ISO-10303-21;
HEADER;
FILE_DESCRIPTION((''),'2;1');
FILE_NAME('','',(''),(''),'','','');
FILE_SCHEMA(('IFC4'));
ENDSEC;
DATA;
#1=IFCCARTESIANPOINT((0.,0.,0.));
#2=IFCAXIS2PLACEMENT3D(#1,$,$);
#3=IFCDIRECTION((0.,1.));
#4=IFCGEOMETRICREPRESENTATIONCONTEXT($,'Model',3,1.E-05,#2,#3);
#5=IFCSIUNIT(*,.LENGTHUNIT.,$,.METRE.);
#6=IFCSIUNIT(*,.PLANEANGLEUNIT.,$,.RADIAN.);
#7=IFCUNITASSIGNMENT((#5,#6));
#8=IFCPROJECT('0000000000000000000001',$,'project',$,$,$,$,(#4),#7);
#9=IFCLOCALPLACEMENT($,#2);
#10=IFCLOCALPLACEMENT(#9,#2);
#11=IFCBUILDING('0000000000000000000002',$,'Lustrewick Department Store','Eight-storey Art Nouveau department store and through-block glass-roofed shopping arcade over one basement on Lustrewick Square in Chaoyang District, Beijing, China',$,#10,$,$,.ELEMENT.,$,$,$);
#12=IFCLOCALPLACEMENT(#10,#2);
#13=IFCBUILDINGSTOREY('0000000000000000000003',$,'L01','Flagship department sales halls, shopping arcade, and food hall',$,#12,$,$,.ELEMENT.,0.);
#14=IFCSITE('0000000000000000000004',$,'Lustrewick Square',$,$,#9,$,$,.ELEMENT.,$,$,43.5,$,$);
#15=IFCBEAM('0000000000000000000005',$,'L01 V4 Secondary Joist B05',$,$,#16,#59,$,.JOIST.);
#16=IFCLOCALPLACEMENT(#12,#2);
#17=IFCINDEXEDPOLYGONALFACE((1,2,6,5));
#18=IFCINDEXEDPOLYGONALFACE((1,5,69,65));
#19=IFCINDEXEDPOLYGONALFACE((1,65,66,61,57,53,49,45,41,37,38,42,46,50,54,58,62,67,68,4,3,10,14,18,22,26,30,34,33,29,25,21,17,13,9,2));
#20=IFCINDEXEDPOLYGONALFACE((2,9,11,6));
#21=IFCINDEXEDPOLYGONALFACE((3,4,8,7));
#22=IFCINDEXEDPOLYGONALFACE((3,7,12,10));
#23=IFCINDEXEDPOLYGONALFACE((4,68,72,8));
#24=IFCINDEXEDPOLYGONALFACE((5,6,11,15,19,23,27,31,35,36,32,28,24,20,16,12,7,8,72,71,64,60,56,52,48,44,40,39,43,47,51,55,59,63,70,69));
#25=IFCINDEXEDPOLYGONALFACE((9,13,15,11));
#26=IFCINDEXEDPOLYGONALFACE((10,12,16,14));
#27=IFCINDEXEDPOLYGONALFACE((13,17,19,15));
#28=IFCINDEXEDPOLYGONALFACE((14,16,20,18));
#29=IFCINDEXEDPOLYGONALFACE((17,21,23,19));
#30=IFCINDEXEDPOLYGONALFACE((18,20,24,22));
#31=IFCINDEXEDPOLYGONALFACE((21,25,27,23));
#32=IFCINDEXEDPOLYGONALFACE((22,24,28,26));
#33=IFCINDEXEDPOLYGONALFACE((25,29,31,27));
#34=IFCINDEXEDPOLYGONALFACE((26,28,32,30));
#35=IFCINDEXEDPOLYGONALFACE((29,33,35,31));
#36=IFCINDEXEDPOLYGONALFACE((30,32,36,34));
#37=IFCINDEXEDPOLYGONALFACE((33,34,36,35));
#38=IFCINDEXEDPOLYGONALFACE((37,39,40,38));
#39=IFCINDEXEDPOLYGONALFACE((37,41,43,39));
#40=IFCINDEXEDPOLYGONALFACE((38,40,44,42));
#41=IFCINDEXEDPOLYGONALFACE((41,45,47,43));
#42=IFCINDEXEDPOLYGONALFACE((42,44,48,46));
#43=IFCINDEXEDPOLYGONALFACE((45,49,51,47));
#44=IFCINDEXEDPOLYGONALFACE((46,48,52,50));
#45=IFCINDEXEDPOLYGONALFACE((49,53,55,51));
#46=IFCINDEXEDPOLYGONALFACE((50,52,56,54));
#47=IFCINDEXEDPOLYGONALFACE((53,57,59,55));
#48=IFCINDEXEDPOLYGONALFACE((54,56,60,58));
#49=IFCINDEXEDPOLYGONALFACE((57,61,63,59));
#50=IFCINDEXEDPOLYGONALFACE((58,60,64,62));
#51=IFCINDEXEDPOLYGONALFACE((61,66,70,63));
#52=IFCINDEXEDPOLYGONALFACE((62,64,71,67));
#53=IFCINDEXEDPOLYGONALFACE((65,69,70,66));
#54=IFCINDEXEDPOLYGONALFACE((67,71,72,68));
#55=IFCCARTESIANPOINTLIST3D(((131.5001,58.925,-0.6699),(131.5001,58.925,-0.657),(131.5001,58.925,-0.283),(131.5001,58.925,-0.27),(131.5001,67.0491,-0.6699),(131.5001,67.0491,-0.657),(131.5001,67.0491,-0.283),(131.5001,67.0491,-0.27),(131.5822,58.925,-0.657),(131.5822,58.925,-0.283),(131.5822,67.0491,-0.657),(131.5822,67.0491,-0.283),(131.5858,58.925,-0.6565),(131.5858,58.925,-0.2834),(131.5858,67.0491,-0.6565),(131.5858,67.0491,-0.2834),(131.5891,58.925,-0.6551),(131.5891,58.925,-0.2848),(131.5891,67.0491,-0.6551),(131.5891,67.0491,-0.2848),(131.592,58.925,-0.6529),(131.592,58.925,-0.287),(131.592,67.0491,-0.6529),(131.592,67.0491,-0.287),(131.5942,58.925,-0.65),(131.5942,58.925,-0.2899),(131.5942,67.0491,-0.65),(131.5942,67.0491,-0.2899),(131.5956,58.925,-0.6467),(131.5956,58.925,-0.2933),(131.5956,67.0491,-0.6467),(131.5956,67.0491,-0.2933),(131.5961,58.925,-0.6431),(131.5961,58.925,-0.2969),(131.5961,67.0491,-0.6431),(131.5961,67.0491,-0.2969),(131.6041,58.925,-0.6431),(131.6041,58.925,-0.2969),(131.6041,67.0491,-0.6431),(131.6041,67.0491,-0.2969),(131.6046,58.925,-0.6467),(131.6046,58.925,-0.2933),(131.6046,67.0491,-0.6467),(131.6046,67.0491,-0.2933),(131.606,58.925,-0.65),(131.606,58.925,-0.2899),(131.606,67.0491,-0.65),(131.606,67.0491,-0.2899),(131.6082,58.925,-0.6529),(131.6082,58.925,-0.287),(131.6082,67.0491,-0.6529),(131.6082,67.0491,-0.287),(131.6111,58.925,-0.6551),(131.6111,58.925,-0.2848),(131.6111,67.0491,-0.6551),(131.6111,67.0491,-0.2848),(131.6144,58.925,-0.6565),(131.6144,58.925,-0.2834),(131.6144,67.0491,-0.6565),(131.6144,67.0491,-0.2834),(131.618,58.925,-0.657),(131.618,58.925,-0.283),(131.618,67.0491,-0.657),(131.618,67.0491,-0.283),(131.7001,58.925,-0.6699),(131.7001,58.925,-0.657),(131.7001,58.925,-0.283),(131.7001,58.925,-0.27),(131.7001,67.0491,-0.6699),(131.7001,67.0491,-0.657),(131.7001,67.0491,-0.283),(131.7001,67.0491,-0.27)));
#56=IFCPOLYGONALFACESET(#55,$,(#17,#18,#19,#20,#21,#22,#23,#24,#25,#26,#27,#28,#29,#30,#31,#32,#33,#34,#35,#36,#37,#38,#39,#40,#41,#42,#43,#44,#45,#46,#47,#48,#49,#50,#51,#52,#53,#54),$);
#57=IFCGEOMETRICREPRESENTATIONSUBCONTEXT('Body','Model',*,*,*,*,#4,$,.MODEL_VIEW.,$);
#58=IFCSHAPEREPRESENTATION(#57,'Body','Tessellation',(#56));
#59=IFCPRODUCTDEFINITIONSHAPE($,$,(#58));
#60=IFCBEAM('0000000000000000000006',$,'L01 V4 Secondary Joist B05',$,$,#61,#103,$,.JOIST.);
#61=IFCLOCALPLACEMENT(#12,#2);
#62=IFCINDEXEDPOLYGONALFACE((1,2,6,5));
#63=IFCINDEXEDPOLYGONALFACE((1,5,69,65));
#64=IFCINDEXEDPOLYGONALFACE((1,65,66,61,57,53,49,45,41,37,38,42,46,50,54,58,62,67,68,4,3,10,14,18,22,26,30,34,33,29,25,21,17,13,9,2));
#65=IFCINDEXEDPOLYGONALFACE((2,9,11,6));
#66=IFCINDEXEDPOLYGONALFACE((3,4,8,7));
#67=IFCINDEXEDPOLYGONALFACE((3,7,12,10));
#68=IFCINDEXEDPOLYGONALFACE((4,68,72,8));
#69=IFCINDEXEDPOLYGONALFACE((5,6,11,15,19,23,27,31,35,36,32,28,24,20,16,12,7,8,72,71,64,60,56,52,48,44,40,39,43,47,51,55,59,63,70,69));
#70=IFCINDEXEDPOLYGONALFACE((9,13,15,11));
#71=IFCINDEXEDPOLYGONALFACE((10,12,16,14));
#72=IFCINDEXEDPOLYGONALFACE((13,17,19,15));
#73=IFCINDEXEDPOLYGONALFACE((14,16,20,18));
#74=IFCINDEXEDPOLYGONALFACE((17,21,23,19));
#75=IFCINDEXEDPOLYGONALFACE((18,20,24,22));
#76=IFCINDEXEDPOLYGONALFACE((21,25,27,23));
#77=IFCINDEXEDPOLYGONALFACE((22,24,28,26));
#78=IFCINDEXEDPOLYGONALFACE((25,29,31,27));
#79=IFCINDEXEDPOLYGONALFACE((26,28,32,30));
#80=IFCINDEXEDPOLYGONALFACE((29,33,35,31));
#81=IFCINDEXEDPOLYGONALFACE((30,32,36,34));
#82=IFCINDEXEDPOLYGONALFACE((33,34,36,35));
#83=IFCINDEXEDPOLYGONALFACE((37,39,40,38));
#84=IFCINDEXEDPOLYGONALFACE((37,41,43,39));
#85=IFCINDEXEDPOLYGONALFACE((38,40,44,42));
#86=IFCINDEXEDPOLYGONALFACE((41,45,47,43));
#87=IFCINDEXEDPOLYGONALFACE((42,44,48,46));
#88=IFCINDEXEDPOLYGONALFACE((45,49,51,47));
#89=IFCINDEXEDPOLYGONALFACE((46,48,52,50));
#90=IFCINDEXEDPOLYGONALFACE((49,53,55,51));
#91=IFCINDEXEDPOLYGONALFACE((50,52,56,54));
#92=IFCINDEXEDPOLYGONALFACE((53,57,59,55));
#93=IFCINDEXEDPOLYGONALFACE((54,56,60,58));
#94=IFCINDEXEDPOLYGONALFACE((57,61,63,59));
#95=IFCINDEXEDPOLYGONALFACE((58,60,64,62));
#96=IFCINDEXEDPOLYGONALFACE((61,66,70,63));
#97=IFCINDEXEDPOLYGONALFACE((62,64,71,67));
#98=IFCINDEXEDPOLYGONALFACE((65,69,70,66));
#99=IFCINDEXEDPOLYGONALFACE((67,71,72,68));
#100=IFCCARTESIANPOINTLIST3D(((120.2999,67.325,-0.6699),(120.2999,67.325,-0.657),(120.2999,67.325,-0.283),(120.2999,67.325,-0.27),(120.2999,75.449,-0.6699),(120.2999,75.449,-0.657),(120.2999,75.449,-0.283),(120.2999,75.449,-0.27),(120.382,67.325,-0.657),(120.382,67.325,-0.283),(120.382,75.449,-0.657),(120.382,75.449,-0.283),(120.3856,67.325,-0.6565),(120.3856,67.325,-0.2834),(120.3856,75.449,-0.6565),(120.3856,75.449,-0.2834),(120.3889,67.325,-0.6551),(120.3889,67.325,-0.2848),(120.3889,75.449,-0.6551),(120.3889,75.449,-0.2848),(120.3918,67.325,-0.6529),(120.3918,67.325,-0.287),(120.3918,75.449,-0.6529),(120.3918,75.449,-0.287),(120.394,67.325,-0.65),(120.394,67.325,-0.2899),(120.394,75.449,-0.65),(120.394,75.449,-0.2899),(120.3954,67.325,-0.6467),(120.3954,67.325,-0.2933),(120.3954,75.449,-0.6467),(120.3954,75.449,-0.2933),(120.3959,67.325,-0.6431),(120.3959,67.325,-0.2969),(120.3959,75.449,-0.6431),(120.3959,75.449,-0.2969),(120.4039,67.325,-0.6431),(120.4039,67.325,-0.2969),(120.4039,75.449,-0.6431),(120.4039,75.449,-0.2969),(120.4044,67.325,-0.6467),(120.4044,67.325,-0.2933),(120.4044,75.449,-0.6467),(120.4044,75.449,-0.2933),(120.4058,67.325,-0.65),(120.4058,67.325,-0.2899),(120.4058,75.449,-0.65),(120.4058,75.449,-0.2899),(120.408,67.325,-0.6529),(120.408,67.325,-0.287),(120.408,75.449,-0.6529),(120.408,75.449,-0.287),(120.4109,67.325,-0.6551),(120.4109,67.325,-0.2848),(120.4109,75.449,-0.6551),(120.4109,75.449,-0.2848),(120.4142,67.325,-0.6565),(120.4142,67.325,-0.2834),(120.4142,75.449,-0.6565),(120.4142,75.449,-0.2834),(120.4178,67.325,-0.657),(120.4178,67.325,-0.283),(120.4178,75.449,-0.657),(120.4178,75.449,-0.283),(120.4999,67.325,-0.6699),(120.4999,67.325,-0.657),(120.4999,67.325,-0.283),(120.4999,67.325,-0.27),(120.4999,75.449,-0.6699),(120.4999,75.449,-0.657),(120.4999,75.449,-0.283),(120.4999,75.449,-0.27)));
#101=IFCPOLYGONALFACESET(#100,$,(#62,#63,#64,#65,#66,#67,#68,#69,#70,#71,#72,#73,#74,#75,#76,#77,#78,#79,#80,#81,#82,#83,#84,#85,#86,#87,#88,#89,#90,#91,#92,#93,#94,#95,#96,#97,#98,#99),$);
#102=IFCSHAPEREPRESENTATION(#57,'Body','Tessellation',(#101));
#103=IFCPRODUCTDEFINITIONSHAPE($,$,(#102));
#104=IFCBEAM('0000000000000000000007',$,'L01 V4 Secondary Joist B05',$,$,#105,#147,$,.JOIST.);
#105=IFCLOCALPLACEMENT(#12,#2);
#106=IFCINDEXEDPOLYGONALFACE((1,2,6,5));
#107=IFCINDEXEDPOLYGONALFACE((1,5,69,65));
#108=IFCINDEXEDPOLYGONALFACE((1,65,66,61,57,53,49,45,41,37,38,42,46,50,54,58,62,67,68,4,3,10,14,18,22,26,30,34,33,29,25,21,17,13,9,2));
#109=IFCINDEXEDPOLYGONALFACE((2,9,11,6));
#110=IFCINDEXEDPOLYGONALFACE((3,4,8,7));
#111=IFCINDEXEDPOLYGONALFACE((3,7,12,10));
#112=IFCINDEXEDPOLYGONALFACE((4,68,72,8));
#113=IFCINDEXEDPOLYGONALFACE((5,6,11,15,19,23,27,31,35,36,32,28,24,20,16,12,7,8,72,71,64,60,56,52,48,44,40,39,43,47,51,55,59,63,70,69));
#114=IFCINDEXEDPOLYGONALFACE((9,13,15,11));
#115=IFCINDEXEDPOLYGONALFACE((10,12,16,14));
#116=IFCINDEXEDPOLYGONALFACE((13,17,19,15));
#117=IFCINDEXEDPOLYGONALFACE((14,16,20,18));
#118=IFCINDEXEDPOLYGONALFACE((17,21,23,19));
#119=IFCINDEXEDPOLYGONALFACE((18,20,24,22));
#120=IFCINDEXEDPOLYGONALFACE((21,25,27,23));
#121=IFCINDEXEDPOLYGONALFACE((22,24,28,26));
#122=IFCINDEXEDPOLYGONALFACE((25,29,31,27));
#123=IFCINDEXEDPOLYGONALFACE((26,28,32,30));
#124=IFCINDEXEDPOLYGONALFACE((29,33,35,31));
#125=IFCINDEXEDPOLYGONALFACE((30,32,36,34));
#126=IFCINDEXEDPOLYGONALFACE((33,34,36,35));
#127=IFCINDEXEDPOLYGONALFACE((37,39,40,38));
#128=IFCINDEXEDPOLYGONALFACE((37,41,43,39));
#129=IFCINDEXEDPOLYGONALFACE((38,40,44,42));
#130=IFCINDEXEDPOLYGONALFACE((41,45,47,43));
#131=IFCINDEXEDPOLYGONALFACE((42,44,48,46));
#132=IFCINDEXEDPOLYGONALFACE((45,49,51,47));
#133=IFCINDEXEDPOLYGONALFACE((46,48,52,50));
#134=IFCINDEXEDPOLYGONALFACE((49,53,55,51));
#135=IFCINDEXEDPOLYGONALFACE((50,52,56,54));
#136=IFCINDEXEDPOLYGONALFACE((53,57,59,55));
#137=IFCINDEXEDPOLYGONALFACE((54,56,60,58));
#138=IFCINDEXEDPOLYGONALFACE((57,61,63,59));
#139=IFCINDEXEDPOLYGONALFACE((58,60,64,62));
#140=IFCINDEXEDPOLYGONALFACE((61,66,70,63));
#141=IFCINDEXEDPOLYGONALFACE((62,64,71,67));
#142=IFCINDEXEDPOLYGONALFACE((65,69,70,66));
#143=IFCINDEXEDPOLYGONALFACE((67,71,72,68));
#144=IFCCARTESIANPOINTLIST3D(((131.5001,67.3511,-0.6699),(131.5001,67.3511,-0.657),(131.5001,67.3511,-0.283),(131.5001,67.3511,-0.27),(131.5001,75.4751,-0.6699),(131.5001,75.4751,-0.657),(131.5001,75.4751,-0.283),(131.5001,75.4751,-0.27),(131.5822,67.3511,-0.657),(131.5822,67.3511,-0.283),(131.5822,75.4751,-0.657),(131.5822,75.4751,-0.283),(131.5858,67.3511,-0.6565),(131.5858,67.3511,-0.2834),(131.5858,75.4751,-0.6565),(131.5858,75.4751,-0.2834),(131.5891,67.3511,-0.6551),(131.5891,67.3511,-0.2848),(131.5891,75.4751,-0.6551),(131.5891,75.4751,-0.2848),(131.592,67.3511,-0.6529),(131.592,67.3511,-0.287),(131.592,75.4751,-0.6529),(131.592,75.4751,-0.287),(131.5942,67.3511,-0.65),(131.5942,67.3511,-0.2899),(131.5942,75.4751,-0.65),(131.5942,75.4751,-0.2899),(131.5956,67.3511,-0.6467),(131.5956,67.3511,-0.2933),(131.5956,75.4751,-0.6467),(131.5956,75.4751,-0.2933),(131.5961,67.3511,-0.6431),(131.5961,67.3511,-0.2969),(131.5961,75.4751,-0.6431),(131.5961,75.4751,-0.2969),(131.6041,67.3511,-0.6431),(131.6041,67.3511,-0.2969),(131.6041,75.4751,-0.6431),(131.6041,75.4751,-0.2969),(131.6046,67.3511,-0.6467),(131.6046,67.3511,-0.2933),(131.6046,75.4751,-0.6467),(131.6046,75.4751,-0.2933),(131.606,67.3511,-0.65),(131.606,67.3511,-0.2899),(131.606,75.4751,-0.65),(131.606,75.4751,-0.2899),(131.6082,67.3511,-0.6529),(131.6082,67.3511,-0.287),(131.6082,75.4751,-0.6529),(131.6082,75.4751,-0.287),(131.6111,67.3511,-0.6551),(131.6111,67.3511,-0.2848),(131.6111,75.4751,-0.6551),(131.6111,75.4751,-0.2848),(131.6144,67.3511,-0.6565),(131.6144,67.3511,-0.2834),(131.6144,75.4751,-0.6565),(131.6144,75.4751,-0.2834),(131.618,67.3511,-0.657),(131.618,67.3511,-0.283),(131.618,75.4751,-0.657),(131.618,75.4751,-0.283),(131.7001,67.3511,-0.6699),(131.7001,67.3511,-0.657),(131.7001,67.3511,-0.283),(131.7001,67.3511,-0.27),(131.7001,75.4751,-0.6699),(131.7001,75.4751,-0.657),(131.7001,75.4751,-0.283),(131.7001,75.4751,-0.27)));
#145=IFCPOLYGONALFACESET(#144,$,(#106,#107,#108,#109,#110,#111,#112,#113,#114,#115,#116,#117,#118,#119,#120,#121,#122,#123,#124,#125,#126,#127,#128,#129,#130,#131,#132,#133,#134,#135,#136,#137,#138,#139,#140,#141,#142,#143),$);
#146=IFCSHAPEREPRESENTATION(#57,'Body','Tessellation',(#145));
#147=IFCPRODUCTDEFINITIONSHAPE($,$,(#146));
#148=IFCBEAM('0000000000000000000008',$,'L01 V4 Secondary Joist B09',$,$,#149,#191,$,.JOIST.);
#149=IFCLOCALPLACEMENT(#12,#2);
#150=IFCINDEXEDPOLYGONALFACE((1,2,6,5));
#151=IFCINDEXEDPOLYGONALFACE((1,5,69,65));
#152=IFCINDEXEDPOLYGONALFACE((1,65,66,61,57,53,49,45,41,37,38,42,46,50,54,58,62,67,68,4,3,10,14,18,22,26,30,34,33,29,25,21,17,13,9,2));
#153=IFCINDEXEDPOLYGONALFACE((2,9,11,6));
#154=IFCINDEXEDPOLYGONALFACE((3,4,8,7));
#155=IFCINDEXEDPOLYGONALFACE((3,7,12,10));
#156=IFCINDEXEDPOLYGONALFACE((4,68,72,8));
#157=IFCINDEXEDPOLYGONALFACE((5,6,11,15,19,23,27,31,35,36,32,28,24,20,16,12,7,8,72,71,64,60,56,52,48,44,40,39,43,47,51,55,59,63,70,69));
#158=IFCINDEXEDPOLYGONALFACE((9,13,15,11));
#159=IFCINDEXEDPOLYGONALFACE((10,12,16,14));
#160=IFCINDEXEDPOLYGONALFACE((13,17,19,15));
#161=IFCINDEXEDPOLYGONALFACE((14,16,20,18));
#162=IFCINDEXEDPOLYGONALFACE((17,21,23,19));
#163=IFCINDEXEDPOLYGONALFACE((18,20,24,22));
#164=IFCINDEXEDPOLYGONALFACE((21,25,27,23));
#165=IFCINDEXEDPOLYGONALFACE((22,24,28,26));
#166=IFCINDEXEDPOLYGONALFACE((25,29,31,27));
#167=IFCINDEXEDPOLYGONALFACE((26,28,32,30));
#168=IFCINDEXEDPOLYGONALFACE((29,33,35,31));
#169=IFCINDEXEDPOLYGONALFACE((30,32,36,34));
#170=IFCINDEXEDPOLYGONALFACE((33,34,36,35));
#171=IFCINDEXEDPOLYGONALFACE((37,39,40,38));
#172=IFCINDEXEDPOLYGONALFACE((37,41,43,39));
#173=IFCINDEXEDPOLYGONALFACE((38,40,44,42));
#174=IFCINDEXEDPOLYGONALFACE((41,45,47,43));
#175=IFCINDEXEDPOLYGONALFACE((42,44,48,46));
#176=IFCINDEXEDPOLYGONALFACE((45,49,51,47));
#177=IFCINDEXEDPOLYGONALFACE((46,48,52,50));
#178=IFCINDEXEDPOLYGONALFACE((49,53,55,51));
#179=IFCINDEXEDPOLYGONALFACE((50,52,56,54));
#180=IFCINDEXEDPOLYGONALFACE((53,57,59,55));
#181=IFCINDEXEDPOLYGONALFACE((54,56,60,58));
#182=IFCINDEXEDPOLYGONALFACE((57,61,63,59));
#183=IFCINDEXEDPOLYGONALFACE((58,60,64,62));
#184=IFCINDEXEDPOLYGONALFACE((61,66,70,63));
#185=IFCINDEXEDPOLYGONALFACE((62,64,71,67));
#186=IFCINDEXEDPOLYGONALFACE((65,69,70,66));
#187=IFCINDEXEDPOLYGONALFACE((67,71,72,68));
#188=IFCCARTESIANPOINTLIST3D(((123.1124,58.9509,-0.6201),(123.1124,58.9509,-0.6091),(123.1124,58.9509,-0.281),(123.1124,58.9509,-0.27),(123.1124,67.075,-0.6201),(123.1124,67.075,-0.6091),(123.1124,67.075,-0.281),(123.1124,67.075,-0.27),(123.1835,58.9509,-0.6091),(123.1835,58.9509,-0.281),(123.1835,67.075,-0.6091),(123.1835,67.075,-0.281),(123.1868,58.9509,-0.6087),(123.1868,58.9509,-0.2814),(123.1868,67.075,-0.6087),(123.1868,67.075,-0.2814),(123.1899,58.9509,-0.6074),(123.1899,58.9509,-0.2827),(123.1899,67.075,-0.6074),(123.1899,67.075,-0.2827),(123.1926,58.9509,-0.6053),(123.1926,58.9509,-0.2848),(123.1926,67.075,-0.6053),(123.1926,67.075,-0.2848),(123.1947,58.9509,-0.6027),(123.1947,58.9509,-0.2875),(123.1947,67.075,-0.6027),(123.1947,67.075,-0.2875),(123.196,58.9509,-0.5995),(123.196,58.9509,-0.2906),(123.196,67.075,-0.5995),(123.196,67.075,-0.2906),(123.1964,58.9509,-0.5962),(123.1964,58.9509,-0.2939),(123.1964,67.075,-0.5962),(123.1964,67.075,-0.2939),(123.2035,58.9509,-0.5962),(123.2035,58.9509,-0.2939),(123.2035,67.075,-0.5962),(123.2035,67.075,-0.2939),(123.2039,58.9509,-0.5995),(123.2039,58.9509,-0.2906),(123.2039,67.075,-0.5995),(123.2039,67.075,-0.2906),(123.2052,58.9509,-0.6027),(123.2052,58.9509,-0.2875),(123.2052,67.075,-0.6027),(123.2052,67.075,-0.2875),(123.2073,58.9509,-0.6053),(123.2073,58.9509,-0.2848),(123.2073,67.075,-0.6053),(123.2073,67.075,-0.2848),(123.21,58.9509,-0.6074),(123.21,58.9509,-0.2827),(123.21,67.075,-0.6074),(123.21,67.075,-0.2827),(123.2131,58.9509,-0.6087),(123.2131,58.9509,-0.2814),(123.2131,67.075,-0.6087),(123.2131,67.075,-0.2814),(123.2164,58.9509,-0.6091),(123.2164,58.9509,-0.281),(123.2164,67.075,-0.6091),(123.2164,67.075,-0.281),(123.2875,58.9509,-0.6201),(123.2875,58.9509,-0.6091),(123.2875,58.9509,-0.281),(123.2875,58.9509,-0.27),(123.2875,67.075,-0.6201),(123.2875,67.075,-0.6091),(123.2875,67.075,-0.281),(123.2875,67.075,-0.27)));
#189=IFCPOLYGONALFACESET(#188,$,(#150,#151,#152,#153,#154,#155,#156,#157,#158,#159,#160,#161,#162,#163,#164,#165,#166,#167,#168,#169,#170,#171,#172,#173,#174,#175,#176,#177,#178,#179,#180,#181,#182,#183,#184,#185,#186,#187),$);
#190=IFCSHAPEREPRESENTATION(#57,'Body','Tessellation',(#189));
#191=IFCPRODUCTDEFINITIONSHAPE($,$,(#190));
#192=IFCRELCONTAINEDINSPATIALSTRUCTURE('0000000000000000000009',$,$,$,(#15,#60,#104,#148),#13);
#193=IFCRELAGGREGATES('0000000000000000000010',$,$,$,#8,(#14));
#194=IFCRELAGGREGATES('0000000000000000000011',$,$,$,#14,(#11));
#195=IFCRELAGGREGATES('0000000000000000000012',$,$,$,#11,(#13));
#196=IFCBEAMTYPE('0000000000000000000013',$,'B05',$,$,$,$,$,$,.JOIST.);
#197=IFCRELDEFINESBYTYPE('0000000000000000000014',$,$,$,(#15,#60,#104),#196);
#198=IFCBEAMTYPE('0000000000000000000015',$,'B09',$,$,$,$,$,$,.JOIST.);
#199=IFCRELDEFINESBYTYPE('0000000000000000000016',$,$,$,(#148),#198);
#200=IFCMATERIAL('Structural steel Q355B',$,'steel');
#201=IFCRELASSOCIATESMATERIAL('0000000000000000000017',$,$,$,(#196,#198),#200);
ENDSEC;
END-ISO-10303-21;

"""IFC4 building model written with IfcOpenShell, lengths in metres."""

from ifc_helpers import new_model, si_unit, direction, frame, origin, origin_2d, place, context, subcontext, project, spatial, i_section, extrude, material, material_profile, profile_set, type_object, element, save


model = new_model("IFC4")

# Units and contexts
model_context = context("Model", 3, precision=1e-05, world=origin(), true_north=direction((0.0, 1.0)))
body_context = subcontext(model_context, "Body", "Model", "MODEL_VIEW")
ifc_project = project(units=[si_unit("LENGTHUNIT", "METRE"), si_unit("PLANEANGLEUNIT", "RADIAN")], contexts=[model_context])

# Site, building, storey
site_placement = place(None, origin())
site = spatial("IfcSite", under=ifc_project, at=site_placement, Name="Lustrewick Square", CompositionType="ELEMENT", RefElevation=43.5)
building_placement = place(site_placement, origin())
building = spatial("IfcBuilding", under=site, at=building_placement, Name="Lustrewick Department Store", Description="Eight-storey Art Nouveau department store and through-block glass-roofed shopping arcade over one basement on Lustrewick Square in Chaoyang District, Beijing, China", CompositionType="ELEMENT")
storey_placement = place(building_placement, origin())
storey = spatial("IfcBuildingStorey", under=building, at=storey_placement, Name="L01", Description="Flagship department sales halls, shopping arcade, and food hall", CompositionType="ELEMENT", Elevation=0.0)

# Shared definitions
ifc_material_1 = material(Name="Structural steel Q355B", Category="steel")

# Beams
ifc_material_profile_1 = material_profile(ifc_material_1, i_section(OverallWidth=0.2, OverallDepth=0.3999, WebThickness=0.0081, FlangeThickness=0.0129, FilletRadius=0.0139, at=origin_2d()), Name="HN 400x200x8x13")
ifc_profile_set_1 = profile_set([ifc_material_profile_1], Name="Structural steel Q355B")
beam_type_1 = type_object("IfcBeamType", Name="B05", PredefinedType="JOIST", material=ifc_profile_set_1)
for number, where, z_axis, x_axis, name in (
    (1, (131.6001, 58.925, -0.47), (0.0, 1.0, 0.0), (-1.0, 0.0, 0.0), "L01 V4 Secondary Joist B05"),
    (2, (120.3999, 67.325, -0.47), (0.0, 1.0, 0.0), (-1.0, 0.0, 0.0), "L01 V4 Secondary Joist B05"),
    (3, (131.6001, 67.3511, -0.47), (0.0, 1.0, 0.0), (-1.0, 0.0, 0.0), "L01 V4 Secondary Joist B05"),
):
    element("IfcBeam", number, at=place(storey_placement, frame(where, z_axis=z_axis, x_axis=x_axis)), inside=storey, type_object=beam_type_1, Name=name, PredefinedType="JOIST", context=body_context, shape_type="SweptSolid", body=[
        extrude(i_section(OverallWidth=0.2, OverallDepth=0.3999, WebThickness=0.0081, FlangeThickness=0.0129, FilletRadius=0.0139, at=origin_2d()), origin(), (0.0, 0.0, 1.0), 8.124),
    ])
ifc_material_profile_2 = material_profile(ifc_material_1, i_section(OverallWidth=0.175, OverallDepth=0.3501, WebThickness=0.0071, FlangeThickness=0.011, FilletRadius=0.0129, at=origin_2d()), Name="HN 350x175x7x11")
ifc_profile_set_2 = profile_set([ifc_material_profile_2], Name="Structural steel Q355B")
beam_type_2 = type_object("IfcBeamType", Name="B09", PredefinedType="JOIST", material=ifc_profile_set_2)
for number, where, z_axis, x_axis, name in (
    (4, (123.2, 58.9509, -0.4451), (0.0, 1.0, 0.0), (-1.0, 0.0, 0.0), "L01 V4 Secondary Joist B09"),
):
    element("IfcBeam", number, at=place(storey_placement, frame(where, z_axis=z_axis, x_axis=x_axis)), inside=storey, type_object=beam_type_2, Name=name, PredefinedType="JOIST", context=body_context, shape_type="SweptSolid", body=[
        extrude(i_section(OverallWidth=0.175, OverallDepth=0.3501, WebThickness=0.0071, FlangeThickness=0.011, FilletRadius=0.0129, at=origin_2d()), origin(), (0.0, 0.0, 1.0), 8.124),
    ])

save(model, "model.ifc")
